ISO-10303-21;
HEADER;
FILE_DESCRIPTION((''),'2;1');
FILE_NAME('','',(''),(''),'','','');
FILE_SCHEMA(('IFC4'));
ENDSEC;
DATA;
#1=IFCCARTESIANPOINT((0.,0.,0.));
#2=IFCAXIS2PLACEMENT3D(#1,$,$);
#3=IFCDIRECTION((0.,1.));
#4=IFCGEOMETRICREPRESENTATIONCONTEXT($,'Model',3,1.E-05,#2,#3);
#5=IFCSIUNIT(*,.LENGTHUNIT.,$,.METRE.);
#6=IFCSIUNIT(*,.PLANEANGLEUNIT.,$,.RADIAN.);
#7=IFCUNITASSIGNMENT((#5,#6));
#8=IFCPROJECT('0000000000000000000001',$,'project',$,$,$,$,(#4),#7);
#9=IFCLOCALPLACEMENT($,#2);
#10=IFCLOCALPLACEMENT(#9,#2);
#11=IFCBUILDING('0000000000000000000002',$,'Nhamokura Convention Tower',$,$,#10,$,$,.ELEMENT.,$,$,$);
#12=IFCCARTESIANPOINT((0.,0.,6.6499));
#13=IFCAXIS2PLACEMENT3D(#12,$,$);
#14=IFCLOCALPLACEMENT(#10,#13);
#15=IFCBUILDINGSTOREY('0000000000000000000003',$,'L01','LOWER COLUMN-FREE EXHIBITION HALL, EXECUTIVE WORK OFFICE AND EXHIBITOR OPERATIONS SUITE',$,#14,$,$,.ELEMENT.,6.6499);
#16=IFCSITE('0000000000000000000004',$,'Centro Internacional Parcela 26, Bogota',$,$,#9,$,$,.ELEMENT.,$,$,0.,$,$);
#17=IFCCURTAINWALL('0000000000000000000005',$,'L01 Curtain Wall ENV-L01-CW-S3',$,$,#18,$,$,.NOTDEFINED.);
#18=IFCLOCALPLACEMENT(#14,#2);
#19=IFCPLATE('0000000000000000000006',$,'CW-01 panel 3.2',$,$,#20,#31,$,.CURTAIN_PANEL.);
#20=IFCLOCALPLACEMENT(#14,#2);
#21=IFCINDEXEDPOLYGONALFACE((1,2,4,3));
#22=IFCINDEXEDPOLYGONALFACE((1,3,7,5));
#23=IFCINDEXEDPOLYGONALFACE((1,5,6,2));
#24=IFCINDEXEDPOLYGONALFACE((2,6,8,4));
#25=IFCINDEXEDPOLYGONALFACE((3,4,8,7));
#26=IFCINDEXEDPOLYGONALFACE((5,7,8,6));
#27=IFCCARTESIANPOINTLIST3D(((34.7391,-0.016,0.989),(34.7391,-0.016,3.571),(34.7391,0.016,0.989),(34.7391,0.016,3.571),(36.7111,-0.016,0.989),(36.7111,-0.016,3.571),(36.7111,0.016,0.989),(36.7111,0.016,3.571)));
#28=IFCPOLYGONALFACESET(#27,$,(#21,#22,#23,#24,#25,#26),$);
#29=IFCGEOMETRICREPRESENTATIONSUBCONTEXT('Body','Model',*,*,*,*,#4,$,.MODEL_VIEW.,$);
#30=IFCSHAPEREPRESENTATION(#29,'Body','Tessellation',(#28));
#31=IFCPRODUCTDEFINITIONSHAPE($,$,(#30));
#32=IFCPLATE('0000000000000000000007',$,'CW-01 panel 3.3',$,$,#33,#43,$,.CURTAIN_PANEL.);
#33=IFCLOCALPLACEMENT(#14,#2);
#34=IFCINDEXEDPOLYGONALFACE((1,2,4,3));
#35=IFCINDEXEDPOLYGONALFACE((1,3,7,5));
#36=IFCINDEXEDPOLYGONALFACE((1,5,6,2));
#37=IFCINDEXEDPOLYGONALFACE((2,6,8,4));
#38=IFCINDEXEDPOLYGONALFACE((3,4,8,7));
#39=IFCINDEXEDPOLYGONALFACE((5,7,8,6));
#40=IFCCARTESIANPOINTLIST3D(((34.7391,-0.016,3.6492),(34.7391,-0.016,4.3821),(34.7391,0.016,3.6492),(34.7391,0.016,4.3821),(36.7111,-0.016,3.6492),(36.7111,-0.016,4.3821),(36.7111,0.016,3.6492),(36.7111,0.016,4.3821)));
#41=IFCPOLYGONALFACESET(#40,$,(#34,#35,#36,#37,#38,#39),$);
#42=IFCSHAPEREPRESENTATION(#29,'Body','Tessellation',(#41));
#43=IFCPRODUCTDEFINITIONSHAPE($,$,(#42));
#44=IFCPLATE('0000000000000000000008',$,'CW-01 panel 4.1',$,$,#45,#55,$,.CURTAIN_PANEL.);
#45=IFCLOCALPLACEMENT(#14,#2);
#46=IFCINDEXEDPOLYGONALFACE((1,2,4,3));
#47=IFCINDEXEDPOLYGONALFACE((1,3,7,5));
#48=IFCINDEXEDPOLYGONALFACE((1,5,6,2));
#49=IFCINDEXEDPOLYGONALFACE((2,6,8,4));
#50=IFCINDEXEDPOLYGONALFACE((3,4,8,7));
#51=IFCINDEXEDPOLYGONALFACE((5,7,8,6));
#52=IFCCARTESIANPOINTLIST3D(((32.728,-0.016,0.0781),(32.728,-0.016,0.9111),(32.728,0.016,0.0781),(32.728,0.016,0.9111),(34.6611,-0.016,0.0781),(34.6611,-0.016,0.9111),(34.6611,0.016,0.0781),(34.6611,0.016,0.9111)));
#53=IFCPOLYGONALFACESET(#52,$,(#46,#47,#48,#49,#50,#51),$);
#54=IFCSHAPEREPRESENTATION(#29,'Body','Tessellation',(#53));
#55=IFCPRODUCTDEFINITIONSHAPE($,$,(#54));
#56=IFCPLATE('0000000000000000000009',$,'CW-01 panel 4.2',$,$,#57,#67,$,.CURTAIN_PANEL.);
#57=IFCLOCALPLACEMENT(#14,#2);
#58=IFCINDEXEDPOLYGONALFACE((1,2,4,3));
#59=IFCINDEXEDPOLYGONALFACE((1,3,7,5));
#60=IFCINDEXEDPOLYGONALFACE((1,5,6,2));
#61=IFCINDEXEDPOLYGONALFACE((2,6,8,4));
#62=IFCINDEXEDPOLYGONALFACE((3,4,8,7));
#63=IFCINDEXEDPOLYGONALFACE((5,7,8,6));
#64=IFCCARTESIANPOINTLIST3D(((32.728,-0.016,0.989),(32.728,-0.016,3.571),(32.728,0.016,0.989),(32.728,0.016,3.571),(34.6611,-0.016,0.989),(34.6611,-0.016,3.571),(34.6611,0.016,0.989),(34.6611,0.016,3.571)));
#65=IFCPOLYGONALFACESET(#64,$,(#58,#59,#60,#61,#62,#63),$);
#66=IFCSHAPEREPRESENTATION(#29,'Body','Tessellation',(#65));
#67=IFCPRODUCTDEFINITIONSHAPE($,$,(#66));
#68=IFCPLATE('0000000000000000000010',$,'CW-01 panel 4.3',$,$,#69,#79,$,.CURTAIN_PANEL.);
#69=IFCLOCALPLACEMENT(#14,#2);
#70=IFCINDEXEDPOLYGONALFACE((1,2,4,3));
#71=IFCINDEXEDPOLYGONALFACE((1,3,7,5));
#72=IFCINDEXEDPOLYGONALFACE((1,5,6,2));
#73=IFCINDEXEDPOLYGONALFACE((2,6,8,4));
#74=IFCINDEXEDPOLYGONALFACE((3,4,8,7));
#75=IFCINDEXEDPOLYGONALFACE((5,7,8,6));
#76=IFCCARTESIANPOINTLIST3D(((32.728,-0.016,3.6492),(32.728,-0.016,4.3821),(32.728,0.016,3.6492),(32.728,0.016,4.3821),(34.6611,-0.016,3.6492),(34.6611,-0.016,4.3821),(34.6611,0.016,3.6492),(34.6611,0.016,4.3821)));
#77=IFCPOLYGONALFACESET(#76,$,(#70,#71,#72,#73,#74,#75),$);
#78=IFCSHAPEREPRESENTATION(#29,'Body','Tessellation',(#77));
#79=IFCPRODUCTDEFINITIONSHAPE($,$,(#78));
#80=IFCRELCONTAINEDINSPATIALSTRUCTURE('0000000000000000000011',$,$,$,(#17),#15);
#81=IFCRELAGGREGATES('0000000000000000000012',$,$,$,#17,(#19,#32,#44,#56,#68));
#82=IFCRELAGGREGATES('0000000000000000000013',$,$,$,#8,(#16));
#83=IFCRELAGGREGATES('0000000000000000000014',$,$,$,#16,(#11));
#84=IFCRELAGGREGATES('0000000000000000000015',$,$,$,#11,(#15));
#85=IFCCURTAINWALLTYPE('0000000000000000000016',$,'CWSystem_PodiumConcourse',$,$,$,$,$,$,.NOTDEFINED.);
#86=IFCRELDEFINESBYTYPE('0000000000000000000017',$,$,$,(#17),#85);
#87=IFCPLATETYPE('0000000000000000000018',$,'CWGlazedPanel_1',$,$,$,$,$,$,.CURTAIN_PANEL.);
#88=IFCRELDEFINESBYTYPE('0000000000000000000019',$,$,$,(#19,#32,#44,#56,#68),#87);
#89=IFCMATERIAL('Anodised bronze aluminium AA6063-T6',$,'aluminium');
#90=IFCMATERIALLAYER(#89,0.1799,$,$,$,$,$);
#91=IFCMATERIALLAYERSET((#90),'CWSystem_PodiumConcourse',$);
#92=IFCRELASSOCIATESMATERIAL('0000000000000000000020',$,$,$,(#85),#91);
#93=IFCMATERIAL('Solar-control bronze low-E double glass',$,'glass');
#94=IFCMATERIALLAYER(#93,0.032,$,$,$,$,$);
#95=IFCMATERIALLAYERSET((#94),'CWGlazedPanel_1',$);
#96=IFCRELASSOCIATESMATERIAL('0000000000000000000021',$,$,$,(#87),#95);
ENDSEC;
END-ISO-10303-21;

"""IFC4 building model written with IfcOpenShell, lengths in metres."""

from ifc_helpers import new_model, si_unit, direction, frame, origin, origin_2d, place, context, subcontext, project, spatial, rectangle, extrude, material, layer, layer_set, type_object, element, aggregate, save


model = new_model("IFC4")

# Units and contexts
model_context = context("Model", 3, precision=1e-05, world=origin(), true_north=direction((0.0, 1.0)))
body_context = subcontext(model_context, "Body", "Model", "MODEL_VIEW")
ifc_project = project(units=[si_unit("LENGTHUNIT", "METRE"), si_unit("PLANEANGLEUNIT", "RADIAN")], contexts=[model_context])

# Site, building, storey
site_placement = place(None, origin())
site = spatial("IfcSite", under=ifc_project, at=site_placement, Name="Centro Internacional Parcela 26, Bogota", CompositionType="ELEMENT", RefElevation=0.0)
building_placement = place(site_placement, origin())
building = spatial("IfcBuilding", under=site, at=building_placement, Name="Nhamokura Convention Tower", CompositionType="ELEMENT")
storey_placement = place(building_placement, frame((0.0, 0.0, 6.6499)))
storey = spatial("IfcBuildingStorey", under=building, at=storey_placement, Name="L01", Description="LOWER COLUMN-FREE EXHIBITION HALL, EXECUTIVE WORK OFFICE AND EXHIBITOR OPERATIONS SUITE", CompositionType="ELEMENT", Elevation=6.6499)

# Shared definitions
ifc_material_1 = material(Name="Anodised bronze aluminium AA6063-T6", Category="aluminium")
ifc_layer_1 = layer(ifc_material_1, 0.1799)
ifc_layer_set_1 = layer_set([ifc_layer_1], Name="CWSystem_PodiumConcourse")
curtain_wall_type = type_object("IfcCurtainWallType", Name="CWSystem_PodiumConcourse", PredefinedType="NOTDEFINED", material=ifc_layer_set_1)

# Curtain wall
curtain_wall_1_placement = place(storey_placement, origin())
curtain_wall_1 = element("IfcCurtainWall", 1, at=curtain_wall_1_placement, inside=storey, type_object=curtain_wall_type, Name="L01 Curtain Wall ENV-L01-CW-S3", PredefinedType="NOTDEFINED")

# Plates
ifc_material_2 = material(Name="Solar-control bronze low-E double glass", Category="glass")
ifc_layer_2 = layer(ifc_material_2, 0.032)
ifc_layer_set_2 = layer_set([ifc_layer_2], Name="CWGlazedPanel_1")
plate_type = type_object("IfcPlateType", Name="CWGlazedPanel_1", PredefinedType="CURTAIN_PANEL", material=ifc_layer_set_2)
plate_1_placement = place(storey_placement, frame((35.7251, 0.0, 0.989), z_axis=(0.0, 0.0, 1.0), x_axis=(-1.0, 0.0, 0.0)))
plate_1 = element("IfcPlate", 2, at=plate_1_placement, type_object=plate_type, Name="CW-01 panel 3.2", PredefinedType="CURTAIN_PANEL", context=body_context, shape_type="SweptSolid", body=[
    extrude(rectangle(XDim=1.9719, YDim=0.032, at=origin_2d()), origin(), (0.0, 0.0, 1.0), 2.582),
])
plate_2_placement = place(storey_placement, frame((35.7251, 0.0, 3.6492), z_axis=(0.0, 0.0, 1.0), x_axis=(-1.0, 0.0, 0.0)))
plate_2 = element("IfcPlate", 3, at=plate_2_placement, type_object=plate_type, Name="CW-01 panel 3.3", PredefinedType="CURTAIN_PANEL", context=body_context, shape_type="SweptSolid", body=[
    extrude(rectangle(XDim=1.9719, YDim=0.032, at=origin_2d()), origin(), (0.0, 0.0, 1.0), 0.7329),
])
plate_3_placement = place(storey_placement, frame((33.6946, 0.0, 0.0781), z_axis=(0.0, 0.0, 1.0), x_axis=(-1.0, 0.0, 0.0)))
plate_3 = element("IfcPlate", 4, at=plate_3_placement, type_object=plate_type, Name="CW-01 panel 4.1", PredefinedType="CURTAIN_PANEL", context=body_context, shape_type="SweptSolid", body=[
    extrude(rectangle(XDim=1.9331, YDim=0.032, at=origin_2d()), origin(), (0.0, 0.0, 1.0), 0.833),
])
plate_4_placement = place(storey_placement, frame((33.6946, 0.0, 0.989), z_axis=(0.0, 0.0, 1.0), x_axis=(-1.0, 0.0, 0.0)))
plate_4 = element("IfcPlate", 5, at=plate_4_placement, type_object=plate_type, Name="CW-01 panel 4.2", PredefinedType="CURTAIN_PANEL", context=body_context, shape_type="SweptSolid", body=[
    extrude(rectangle(XDim=1.9331, YDim=0.032, at=origin_2d()), origin(), (0.0, 0.0, 1.0), 2.582),
])
plate_5_placement = place(storey_placement, frame((33.6946, 0.0, 3.6492), z_axis=(0.0, 0.0, 1.0), x_axis=(-1.0, 0.0, 0.0)))
plate_5 = element("IfcPlate", 6, at=plate_5_placement, type_object=plate_type, Name="CW-01 panel 4.3", PredefinedType="CURTAIN_PANEL", context=body_context, shape_type="SweptSolid", body=[
    extrude(rectangle(XDim=1.9331, YDim=0.032, at=origin_2d()), origin(), (0.0, 0.0, 1.0), 0.7329),
])
aggregate(curtain_wall_1, [plate_1, plate_2, plate_3, plate_4, plate_5])

save(model, "model.ifc")
